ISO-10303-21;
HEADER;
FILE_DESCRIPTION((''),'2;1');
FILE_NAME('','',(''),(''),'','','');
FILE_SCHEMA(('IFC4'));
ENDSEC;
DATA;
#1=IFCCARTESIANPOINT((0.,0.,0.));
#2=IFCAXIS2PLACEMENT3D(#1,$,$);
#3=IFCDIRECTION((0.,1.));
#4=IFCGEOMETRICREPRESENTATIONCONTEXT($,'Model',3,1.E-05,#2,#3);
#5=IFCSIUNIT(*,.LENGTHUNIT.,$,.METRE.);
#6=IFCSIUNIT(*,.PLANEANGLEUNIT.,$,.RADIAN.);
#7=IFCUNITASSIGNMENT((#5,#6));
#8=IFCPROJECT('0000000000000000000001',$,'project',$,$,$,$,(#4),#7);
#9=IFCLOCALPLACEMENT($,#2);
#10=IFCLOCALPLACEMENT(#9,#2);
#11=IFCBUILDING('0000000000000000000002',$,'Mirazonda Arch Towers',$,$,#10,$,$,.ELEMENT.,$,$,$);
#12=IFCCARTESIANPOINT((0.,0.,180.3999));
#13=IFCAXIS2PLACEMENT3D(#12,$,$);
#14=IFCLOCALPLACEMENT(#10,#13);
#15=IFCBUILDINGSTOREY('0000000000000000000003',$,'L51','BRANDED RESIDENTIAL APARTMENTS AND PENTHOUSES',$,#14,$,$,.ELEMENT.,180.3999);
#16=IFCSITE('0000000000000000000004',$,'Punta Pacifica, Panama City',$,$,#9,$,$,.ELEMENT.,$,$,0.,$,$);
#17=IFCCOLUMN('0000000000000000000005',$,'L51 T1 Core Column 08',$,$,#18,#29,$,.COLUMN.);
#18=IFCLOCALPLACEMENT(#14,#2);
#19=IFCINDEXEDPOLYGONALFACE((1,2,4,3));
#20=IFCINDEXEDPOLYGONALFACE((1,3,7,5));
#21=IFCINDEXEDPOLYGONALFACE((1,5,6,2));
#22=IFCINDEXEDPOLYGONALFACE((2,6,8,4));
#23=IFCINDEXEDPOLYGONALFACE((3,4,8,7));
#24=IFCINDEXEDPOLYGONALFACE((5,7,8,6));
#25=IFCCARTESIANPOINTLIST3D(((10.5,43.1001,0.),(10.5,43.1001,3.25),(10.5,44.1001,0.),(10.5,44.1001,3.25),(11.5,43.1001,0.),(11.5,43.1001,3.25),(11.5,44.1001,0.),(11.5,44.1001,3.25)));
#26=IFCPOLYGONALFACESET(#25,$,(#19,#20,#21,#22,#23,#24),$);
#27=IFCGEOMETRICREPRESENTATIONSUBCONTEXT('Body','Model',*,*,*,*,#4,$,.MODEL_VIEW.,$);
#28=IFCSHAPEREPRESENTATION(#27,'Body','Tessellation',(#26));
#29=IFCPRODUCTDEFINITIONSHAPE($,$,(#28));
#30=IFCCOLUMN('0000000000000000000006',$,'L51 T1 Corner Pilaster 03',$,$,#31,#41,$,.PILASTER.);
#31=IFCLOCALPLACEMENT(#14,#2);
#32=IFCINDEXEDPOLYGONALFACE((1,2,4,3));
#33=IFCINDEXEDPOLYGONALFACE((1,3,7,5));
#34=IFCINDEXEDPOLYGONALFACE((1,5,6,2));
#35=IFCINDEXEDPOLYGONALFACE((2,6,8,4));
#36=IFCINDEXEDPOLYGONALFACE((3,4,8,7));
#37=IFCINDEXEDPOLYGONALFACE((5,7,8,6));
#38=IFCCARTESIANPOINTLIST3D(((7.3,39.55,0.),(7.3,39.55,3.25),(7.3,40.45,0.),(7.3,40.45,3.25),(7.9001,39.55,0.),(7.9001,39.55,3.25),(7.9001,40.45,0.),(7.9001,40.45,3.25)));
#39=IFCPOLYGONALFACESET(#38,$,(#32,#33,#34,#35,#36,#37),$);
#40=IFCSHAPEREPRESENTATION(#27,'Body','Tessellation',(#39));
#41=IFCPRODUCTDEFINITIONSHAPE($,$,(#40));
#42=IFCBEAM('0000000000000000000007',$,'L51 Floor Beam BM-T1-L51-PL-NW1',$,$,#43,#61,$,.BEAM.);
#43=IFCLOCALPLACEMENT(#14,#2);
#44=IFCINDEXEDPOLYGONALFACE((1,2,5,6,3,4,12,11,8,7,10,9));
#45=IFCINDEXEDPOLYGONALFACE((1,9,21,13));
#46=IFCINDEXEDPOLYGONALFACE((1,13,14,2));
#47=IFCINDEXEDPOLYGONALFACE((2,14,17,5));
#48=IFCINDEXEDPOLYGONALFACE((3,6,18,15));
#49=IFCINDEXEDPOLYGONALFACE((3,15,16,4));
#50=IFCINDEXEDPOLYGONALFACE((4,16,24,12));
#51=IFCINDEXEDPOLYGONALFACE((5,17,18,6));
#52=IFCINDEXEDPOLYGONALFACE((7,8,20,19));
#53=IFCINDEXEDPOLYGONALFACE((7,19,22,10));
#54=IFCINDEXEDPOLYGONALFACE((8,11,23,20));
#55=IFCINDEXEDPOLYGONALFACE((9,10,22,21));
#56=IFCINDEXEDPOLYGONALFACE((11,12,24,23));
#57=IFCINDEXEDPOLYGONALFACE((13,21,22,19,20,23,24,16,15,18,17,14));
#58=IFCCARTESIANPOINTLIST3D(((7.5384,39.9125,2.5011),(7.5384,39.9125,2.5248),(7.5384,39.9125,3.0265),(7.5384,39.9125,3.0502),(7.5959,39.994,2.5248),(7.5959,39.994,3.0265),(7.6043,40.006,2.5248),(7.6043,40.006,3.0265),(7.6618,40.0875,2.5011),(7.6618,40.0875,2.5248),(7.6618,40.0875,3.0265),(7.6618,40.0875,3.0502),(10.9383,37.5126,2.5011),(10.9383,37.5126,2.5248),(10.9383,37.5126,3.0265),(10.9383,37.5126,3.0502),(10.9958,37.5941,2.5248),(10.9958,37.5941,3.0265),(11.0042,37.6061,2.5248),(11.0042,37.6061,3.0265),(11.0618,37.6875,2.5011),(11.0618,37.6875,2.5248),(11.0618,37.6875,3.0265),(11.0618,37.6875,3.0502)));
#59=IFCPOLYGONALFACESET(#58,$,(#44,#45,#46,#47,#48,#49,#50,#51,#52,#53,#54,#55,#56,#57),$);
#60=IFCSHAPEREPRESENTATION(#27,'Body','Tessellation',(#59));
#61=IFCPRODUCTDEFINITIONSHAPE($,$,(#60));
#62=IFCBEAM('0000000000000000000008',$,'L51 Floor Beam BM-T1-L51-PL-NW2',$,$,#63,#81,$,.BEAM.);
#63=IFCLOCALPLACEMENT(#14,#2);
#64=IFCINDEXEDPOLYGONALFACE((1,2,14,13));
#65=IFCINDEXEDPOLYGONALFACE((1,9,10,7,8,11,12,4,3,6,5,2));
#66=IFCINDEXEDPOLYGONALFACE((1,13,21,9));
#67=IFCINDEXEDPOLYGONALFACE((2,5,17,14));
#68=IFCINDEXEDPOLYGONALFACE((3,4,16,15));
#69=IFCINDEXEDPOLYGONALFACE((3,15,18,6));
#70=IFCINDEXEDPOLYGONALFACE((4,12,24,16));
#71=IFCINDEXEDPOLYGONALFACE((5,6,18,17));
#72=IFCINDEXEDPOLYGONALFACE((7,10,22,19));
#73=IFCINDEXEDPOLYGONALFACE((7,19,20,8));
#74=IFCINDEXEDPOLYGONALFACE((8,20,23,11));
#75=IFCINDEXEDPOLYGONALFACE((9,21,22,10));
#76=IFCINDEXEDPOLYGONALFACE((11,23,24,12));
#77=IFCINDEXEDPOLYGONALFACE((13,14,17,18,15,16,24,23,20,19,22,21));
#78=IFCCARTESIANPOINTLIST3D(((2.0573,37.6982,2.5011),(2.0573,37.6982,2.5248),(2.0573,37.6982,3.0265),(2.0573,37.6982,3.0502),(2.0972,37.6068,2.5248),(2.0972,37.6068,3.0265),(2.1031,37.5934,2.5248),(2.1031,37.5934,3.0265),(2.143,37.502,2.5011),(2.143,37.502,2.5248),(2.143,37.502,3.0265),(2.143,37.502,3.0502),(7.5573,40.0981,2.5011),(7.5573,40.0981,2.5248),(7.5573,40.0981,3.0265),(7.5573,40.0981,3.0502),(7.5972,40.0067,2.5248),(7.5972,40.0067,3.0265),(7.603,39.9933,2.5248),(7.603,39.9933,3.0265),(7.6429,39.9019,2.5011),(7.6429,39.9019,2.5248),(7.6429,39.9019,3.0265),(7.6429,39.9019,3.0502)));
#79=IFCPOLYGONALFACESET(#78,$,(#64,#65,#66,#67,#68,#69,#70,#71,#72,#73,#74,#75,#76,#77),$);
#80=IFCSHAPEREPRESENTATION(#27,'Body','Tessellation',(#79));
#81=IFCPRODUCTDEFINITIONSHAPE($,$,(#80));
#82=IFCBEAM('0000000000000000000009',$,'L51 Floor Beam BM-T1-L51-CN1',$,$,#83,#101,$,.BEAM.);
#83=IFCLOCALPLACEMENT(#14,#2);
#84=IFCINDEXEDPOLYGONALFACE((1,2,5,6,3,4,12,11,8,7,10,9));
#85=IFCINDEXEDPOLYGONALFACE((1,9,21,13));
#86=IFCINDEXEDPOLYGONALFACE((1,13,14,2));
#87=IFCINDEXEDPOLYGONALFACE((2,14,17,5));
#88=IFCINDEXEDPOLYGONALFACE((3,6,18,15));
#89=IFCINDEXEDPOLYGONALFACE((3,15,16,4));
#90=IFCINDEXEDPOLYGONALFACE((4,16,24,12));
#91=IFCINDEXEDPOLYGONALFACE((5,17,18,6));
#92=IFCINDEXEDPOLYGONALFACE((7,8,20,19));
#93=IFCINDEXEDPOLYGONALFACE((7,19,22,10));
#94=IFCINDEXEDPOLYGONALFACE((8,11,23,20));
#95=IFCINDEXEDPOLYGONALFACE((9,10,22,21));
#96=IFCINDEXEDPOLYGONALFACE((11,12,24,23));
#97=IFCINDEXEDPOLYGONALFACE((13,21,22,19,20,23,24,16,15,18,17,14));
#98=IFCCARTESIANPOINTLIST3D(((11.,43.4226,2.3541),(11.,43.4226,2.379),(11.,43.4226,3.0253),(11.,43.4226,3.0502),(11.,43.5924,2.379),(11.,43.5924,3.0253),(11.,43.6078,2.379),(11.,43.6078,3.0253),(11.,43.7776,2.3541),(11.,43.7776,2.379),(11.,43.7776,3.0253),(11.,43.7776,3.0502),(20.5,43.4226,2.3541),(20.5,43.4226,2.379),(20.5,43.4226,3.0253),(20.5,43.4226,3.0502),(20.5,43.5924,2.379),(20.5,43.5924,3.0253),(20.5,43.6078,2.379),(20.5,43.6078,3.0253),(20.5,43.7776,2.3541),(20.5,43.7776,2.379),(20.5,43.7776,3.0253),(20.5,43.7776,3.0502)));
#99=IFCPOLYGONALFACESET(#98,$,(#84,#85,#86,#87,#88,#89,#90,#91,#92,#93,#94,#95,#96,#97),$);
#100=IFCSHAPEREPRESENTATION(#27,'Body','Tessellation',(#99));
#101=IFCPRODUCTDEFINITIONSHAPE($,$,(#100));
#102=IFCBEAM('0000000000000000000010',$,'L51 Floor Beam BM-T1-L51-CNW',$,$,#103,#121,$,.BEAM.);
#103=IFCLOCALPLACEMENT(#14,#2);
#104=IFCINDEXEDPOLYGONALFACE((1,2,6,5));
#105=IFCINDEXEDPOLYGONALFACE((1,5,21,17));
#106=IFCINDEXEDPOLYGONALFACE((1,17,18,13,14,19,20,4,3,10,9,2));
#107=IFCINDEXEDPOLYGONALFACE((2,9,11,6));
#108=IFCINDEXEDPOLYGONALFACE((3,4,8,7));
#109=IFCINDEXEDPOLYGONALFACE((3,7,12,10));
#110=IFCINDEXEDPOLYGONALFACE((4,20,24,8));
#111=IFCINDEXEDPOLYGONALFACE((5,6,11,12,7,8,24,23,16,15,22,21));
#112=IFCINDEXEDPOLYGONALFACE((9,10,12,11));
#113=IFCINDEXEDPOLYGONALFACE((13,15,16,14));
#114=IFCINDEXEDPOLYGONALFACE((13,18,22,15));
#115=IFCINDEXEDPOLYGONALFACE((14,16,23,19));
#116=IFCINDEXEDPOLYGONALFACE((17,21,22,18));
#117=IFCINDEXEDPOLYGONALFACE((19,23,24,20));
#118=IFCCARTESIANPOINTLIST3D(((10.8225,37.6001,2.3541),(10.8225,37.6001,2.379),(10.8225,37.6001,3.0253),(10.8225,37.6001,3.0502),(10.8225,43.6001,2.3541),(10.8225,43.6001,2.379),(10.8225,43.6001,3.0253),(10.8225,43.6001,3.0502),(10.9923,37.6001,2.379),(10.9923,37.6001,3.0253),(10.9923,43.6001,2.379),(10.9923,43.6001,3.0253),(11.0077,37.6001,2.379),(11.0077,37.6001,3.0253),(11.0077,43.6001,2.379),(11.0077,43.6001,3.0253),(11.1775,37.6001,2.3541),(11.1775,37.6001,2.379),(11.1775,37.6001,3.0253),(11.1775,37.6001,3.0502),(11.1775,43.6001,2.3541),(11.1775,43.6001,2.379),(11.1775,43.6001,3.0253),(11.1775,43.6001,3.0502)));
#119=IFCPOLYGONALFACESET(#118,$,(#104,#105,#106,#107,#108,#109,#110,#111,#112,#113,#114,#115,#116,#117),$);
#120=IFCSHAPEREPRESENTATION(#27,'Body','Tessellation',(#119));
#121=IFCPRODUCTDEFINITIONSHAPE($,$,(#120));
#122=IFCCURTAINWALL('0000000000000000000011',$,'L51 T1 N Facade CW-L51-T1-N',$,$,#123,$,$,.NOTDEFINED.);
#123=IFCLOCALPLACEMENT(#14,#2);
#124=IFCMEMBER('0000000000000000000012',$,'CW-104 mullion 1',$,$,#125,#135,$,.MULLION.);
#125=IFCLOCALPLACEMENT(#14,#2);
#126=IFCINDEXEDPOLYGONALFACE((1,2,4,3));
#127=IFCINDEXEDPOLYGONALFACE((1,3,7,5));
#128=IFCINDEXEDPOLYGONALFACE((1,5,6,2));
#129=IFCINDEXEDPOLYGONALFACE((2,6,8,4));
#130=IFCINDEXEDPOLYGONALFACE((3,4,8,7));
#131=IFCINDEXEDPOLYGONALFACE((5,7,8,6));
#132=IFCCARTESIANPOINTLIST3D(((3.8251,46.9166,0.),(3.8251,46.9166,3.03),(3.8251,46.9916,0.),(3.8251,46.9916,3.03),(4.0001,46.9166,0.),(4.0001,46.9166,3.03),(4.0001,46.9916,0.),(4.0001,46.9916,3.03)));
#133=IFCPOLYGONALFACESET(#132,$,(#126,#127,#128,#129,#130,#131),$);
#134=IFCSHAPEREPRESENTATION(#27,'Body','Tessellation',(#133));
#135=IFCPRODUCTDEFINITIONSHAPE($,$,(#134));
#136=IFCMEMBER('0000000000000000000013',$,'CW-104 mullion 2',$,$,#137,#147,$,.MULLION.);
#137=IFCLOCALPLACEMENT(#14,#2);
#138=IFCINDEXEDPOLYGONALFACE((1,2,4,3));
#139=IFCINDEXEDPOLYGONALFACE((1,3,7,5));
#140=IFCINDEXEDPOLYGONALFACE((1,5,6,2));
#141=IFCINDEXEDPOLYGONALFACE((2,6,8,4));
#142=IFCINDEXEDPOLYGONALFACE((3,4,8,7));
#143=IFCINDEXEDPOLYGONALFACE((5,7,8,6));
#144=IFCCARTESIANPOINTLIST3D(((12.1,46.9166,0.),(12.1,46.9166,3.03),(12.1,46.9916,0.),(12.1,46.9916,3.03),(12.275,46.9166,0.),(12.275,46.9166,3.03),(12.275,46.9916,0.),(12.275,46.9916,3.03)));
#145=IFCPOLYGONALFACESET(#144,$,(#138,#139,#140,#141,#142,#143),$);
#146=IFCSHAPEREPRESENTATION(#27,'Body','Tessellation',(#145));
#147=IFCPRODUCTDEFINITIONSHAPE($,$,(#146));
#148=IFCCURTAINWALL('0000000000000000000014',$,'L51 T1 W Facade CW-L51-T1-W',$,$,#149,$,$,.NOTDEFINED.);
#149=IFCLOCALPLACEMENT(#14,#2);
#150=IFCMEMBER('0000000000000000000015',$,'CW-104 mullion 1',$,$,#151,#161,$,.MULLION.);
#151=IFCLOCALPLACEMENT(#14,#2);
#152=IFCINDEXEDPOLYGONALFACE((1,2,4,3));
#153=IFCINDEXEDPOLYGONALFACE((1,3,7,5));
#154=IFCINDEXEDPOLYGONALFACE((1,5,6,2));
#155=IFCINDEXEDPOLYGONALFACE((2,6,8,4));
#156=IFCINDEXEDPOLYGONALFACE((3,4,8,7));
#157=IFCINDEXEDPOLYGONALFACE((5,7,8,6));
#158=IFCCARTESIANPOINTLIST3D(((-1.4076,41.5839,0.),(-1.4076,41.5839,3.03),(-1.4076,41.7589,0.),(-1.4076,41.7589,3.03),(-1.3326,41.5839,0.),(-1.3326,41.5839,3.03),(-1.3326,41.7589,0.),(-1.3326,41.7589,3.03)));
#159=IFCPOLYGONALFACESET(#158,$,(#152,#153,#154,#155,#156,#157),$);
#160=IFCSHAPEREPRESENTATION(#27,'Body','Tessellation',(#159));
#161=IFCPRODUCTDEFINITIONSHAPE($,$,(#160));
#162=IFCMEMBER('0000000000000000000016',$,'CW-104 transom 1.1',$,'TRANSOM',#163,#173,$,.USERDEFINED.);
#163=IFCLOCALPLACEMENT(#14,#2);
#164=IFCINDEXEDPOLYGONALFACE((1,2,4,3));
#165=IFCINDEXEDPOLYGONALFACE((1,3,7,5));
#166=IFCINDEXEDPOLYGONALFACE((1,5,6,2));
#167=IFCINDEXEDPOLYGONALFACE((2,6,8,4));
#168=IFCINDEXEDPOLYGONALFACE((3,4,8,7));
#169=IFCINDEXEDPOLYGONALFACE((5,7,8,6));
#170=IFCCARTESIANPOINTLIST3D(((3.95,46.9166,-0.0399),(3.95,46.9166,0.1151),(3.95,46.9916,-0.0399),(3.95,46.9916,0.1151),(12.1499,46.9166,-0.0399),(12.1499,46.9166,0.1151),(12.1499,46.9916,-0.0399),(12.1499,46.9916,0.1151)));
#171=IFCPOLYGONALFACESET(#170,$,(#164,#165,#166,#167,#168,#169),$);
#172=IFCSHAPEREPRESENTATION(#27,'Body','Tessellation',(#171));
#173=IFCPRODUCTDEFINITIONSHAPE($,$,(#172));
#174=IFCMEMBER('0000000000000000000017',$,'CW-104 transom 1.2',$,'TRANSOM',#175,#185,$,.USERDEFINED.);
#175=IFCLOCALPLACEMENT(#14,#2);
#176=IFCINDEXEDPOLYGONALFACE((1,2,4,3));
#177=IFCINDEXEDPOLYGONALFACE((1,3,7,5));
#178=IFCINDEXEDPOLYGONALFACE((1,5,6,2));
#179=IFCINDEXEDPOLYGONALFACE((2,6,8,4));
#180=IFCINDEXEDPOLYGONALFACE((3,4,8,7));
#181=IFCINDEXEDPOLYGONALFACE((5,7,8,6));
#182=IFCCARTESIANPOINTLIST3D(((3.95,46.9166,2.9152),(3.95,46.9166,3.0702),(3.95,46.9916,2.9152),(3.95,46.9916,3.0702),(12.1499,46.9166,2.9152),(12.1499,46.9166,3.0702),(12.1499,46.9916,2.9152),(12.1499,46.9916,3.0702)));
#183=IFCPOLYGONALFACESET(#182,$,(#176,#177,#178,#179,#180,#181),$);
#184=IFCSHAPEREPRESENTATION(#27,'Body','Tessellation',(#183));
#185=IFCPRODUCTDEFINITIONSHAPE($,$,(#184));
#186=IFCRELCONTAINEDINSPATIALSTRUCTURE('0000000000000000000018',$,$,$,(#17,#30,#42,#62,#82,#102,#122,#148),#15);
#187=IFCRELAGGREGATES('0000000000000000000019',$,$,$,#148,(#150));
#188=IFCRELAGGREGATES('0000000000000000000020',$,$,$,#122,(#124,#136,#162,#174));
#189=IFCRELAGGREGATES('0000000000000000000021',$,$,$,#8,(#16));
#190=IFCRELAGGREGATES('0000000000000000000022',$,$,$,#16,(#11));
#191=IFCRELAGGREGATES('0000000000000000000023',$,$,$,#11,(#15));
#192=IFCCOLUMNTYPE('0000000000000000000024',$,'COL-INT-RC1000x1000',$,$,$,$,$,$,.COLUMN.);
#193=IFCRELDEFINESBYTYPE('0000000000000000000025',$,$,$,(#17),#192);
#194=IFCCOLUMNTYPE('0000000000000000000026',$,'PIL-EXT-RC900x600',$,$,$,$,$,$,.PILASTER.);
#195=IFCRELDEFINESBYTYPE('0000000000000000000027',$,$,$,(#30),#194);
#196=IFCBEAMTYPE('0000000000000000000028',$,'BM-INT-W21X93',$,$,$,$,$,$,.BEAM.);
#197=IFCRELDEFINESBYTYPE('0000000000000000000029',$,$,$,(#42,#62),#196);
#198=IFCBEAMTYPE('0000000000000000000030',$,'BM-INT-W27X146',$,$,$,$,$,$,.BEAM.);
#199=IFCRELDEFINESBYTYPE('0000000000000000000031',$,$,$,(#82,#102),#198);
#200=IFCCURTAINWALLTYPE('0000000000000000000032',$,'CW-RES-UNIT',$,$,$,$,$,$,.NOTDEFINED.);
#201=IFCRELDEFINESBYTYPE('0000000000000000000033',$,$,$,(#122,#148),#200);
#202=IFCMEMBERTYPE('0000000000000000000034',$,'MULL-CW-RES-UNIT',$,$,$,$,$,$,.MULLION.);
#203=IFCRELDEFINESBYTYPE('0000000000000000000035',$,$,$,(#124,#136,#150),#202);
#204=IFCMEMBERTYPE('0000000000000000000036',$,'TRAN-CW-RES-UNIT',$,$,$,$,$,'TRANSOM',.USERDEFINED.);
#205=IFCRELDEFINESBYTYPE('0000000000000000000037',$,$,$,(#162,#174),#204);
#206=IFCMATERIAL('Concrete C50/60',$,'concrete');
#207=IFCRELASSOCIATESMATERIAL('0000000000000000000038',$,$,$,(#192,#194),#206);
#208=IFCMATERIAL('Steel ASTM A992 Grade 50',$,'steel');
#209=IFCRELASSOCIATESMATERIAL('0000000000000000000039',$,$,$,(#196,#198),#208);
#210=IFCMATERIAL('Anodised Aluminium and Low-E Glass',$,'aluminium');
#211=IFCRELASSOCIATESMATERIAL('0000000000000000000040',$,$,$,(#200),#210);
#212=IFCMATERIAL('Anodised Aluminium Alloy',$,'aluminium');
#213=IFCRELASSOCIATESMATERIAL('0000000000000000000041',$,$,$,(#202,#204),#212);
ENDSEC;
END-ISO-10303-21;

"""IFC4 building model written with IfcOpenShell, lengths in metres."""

from ifc_helpers import new_model, si_unit, direction, frame, origin, origin_2d, place, context, subcontext, project, spatial, rectangle, i_section, extrude, material, material_profile, profile_set, type_object, element, aggregate, save


model = new_model("IFC4")

# Units and contexts
model_context = context("Model", 3, precision=1e-05, world=origin(), true_north=direction((0.0, 1.0)))
body_context = subcontext(model_context, "Body", "Model", "MODEL_VIEW")
ifc_project = project(units=[si_unit("LENGTHUNIT", "METRE"), si_unit("PLANEANGLEUNIT", "RADIAN")], contexts=[model_context])

# Site, building, storey
site_placement = place(None, origin())
site = spatial("IfcSite", under=ifc_project, at=site_placement, Name="Punta Pacifica, Panama City", CompositionType="ELEMENT", RefElevation=0.0)
building_placement = place(site_placement, origin())
building = spatial("IfcBuilding", under=site, at=building_placement, Name="Mirazonda Arch Towers", CompositionType="ELEMENT")
storey_placement = place(building_placement, frame((0.0, 0.0, 180.3999)))
storey = spatial("IfcBuildingStorey", under=building, at=storey_placement, Name="L51", Description="BRANDED RESIDENTIAL APARTMENTS AND PENTHOUSES", CompositionType="ELEMENT", Elevation=180.3999)

# Columns
ifc_material_1 = material(Name="Concrete C50/60", Category="concrete")
ifc_material_profile_1 = material_profile(ifc_material_1, rectangle(XDim=1.0, YDim=1.0, at=origin_2d()), Name="RC1000x1000")
ifc_profile_set_1 = profile_set([ifc_material_profile_1], Name="Concrete C50/60")
column_type_1 = type_object("IfcColumnType", Name="COL-INT-RC1000x1000", PredefinedType="COLUMN", material=ifc_profile_set_1)
column_1_placement = place(storey_placement, frame((11.0, 43.6001, 0.0), z_axis=(0.0, 0.0, 1.0), x_axis=(1.0, 0.0, 0.0)))
element("IfcColumn", 1, at=column_1_placement, inside=storey, type_object=column_type_1, Name="L51 T1 Core Column 08", PredefinedType="COLUMN", context=body_context, shape_type="SweptSolid", body=[
    extrude(rectangle(XDim=1.0, YDim=1.0, at=origin_2d()), origin(), (0.0, 0.0, 1.0), 3.25),
])
ifc_material_profile_2 = material_profile(ifc_material_1, rectangle(XDim=0.6001, YDim=0.8999, at=origin_2d()), Name="RC900x600")
ifc_profile_set_2 = profile_set([ifc_material_profile_2], Name="Concrete C50/60")
column_type_2 = type_object("IfcColumnType", Name="PIL-EXT-RC900x600", PredefinedType="PILASTER", material=ifc_profile_set_2)
column_2_placement = place(storey_placement, frame((7.6001, 40.0, 0.0), z_axis=(0.0, 0.0, 1.0), x_axis=(1.0, 0.0, 0.0)))
element("IfcColumn", 2, at=column_2_placement, inside=storey, type_object=column_type_2, Name="L51 T1 Corner Pilaster 03", PredefinedType="PILASTER", context=body_context, shape_type="SweptSolid", body=[
    extrude(rectangle(XDim=0.6001, YDim=0.8999, at=origin_2d()), origin(), (0.0, 0.0, 1.0), 3.25),
])

# Beams
ifc_material_2 = material(Name="Steel ASTM A992 Grade 50", Category="steel")
ifc_material_profile_3 = material_profile(ifc_material_2, i_section(OverallWidth=0.2141, OverallDepth=0.5491, WebThickness=0.0146, FlangeThickness=0.0237, at=origin_2d()), Name="W21X93")
ifc_profile_set_3 = profile_set([ifc_material_profile_3], Name="Steel ASTM A992 Grade 50")
beam_type_1 = type_object("IfcBeamType", Name="BM-INT-W21X93", PredefinedType="BEAM", material=ifc_profile_set_3)
beam_1_placement = place(storey_placement, frame((7.6001, 40.0, 2.7756), z_axis=(0.816971, -0.576679, 0.0), x_axis=(0.576679, 0.816971, 0.0)))
element("IfcBeam", 3, at=beam_1_placement, inside=storey, type_object=beam_type_1, Name="L51 Floor Beam BM-T1-L51-PL-NW1", PredefinedType="BEAM", context=body_context, shape_type="SweptSolid", body=[
    extrude(i_section(OverallWidth=0.2141, OverallDepth=0.5491, WebThickness=0.0146, FlangeThickness=0.0237, at=origin_2d()), origin(), (0.0, 0.0, 1.0), 4.1616),
])
beam_2_placement = place(storey_placement, frame((7.6001, 40.0, 2.7756), z_axis=(-0.916545, -0.399931, 0.0), x_axis=(0.399931, -0.916545, 0.0)))
element("IfcBeam", 4, at=beam_2_placement, inside=storey, type_object=beam_type_1, Name="L51 Floor Beam BM-T1-L51-PL-NW2", PredefinedType="BEAM", context=body_context, shape_type="SweptSolid", body=[
    extrude(i_section(OverallWidth=0.2141, OverallDepth=0.5491, WebThickness=0.0146, FlangeThickness=0.0237, at=origin_2d()), origin(), (0.0, 0.0, 1.0), 6.0007),
])
ifc_material_profile_4 = material_profile(ifc_material_2, i_section(OverallWidth=0.355, OverallDepth=0.696, WebThickness=0.0154, FlangeThickness=0.0249, at=origin_2d()), Name="W27X146")
ifc_profile_set_4 = profile_set([ifc_material_profile_4], Name="Steel ASTM A992 Grade 50")
beam_type_2 = type_object("IfcBeamType", Name="BM-INT-W27X146", PredefinedType="BEAM", material=ifc_profile_set_4)
beam_3_placement = place(storey_placement, frame((11.0, 43.6001, 2.7021), z_axis=(1.0, 0.0, 0.0), x_axis=(0.0, 1.0, 0.0)))
element("IfcBeam", 5, at=beam_3_placement, inside=storey, type_object=beam_type_2, Name="L51 Floor Beam BM-T1-L51-CN1", PredefinedType="BEAM", context=body_context, shape_type="SweptSolid", body=[
    extrude(i_section(OverallWidth=0.355, OverallDepth=0.696, WebThickness=0.0154, FlangeThickness=0.0249, at=origin_2d()), origin(), (0.0, 0.0, 1.0), 9.5),
])
beam_4_placement = place(storey_placement, frame((11.0, 37.6001, 2.7021), z_axis=(0.0, 1.0, 0.0), x_axis=(-1.0, 0.0, 0.0)))
element("IfcBeam", 6, at=beam_4_placement, inside=storey, type_object=beam_type_2, Name="L51 Floor Beam BM-T1-L51-CNW", PredefinedType="BEAM", context=body_context, shape_type="SweptSolid", body=[
    extrude(i_section(OverallWidth=0.355, OverallDepth=0.696, WebThickness=0.0154, FlangeThickness=0.0249, at=origin_2d()), origin(), (0.0, 0.0, 1.0), 6.0),
])

# Curtain wall, members
ifc_material_3 = material(Name="Anodised Aluminium and Low-E Glass", Category="aluminium")
curtain_wall_type = type_object("IfcCurtainWallType", Name="CW-RES-UNIT", PredefinedType="NOTDEFINED", material=ifc_material_3)
curtain_wall_1_placement = place(storey_placement, origin())
curtain_wall_1 = element("IfcCurtainWall", 7, at=curtain_wall_1_placement, inside=storey, type_object=curtain_wall_type, Name="L51 T1 N Facade CW-L51-T1-N", PredefinedType="NOTDEFINED")
ifc_material_4 = material(Name="Anodised Aluminium Alloy", Category="aluminium")
ifc_material_profile_5 = material_profile(ifc_material_4, rectangle(XDim=0.075, YDim=0.175, at=origin_2d()), Name="ALU-MULL-75x175")
ifc_profile_set_5 = profile_set([ifc_material_profile_5], Name="Anodised Aluminium Alloy")
member_type_1 = type_object("IfcMemberType", Name="MULL-CW-RES-UNIT", PredefinedType="MULLION", material=ifc_profile_set_5)
member_1_placement = place(storey_placement, frame((3.9126, 46.9541, 0.0), z_axis=(0.0, 0.0, 1.0), x_axis=(0.0, 1.0, 0.0)))
member_1 = element("IfcMember", 8, at=member_1_placement, type_object=member_type_1, Name="CW-104 mullion 1", PredefinedType="MULLION", context=body_context, shape_type="SweptSolid", body=[
    extrude(rectangle(XDim=0.075, YDim=0.175, at=origin_2d()), origin(), (0.0, 0.0, 1.0), 3.03),
])
member_2_placement = place(storey_placement, frame((12.1875, 46.9541, 0.0), z_axis=(0.0, 0.0, 1.0), x_axis=(0.0, 1.0, 0.0)))
member_2 = element("IfcMember", 9, at=member_2_placement, type_object=member_type_1, Name="CW-104 mullion 2", PredefinedType="MULLION", context=body_context, shape_type="SweptSolid", body=[
    extrude(rectangle(XDim=0.075, YDim=0.175, at=origin_2d()), origin(), (0.0, 0.0, 1.0), 3.03),
])

# Curtain wall, member
curtain_wall_2_placement = place(storey_placement, origin())
curtain_wall_2 = element("IfcCurtainWall", 10, at=curtain_wall_2_placement, inside=storey, type_object=curtain_wall_type, Name="L51 T1 W Facade CW-L51-T1-W", PredefinedType="NOTDEFINED")
member_3_placement = place(storey_placement, frame((-1.3701, 41.6714, 0.0), z_axis=(0.0, 0.0, 1.0), x_axis=(1.0, 0.0, 0.0)))
member_3 = element("IfcMember", 11, at=member_3_placement, type_object=member_type_1, Name="CW-104 mullion 1", PredefinedType="MULLION", context=body_context, shape_type="SweptSolid", body=[
    extrude(rectangle(XDim=0.075, YDim=0.175, at=origin_2d()), origin(), (0.0, 0.0, 1.0), 3.03),
])

# Members
ifc_material_profile_6 = material_profile(ifc_material_4, rectangle(XDim=0.075, YDim=0.155, at=origin_2d()), Name="ALU-TRAN-75x155")
ifc_profile_set_6 = profile_set([ifc_material_profile_6], Name="Anodised Aluminium Alloy")
member_type_2 = type_object("IfcMemberType", Name="TRAN-CW-RES-UNIT", ElementType="TRANSOM", PredefinedType="USERDEFINED", material=ifc_profile_set_6)
member_4_placement = place(storey_placement, frame((3.95, 46.9541, 0.0376), z_axis=(1.0, 0.0, 0.0), x_axis=(0.0, 1.0, 0.0)))
member_4 = element("IfcMember", 12, at=member_4_placement, type_object=member_type_2, Name="CW-104 transom 1.1", ObjectType="TRANSOM", PredefinedType="USERDEFINED", context=body_context, shape_type="SweptSolid", body=[
    extrude(rectangle(XDim=0.075, YDim=0.155, at=origin_2d()), origin(), (0.0, 0.0, 1.0), 8.2),
])
member_5_placement = place(storey_placement, frame((3.95, 46.9541, 2.9927), z_axis=(1.0, 0.0, 0.0), x_axis=(0.0, 1.0, 0.0)))
member_5 = element("IfcMember", 13, at=member_5_placement, type_object=member_type_2, Name="CW-104 transom 1.2", ObjectType="TRANSOM", PredefinedType="USERDEFINED", context=body_context, shape_type="SweptSolid", body=[
    extrude(rectangle(XDim=0.075, YDim=0.155, at=origin_2d()), origin(), (0.0, 0.0, 1.0), 8.2),
])
aggregate(curtain_wall_2, [member_3])

aggregate(curtain_wall_1, [member_1, member_2, member_4, member_5])

save(model, "model.ifc")
